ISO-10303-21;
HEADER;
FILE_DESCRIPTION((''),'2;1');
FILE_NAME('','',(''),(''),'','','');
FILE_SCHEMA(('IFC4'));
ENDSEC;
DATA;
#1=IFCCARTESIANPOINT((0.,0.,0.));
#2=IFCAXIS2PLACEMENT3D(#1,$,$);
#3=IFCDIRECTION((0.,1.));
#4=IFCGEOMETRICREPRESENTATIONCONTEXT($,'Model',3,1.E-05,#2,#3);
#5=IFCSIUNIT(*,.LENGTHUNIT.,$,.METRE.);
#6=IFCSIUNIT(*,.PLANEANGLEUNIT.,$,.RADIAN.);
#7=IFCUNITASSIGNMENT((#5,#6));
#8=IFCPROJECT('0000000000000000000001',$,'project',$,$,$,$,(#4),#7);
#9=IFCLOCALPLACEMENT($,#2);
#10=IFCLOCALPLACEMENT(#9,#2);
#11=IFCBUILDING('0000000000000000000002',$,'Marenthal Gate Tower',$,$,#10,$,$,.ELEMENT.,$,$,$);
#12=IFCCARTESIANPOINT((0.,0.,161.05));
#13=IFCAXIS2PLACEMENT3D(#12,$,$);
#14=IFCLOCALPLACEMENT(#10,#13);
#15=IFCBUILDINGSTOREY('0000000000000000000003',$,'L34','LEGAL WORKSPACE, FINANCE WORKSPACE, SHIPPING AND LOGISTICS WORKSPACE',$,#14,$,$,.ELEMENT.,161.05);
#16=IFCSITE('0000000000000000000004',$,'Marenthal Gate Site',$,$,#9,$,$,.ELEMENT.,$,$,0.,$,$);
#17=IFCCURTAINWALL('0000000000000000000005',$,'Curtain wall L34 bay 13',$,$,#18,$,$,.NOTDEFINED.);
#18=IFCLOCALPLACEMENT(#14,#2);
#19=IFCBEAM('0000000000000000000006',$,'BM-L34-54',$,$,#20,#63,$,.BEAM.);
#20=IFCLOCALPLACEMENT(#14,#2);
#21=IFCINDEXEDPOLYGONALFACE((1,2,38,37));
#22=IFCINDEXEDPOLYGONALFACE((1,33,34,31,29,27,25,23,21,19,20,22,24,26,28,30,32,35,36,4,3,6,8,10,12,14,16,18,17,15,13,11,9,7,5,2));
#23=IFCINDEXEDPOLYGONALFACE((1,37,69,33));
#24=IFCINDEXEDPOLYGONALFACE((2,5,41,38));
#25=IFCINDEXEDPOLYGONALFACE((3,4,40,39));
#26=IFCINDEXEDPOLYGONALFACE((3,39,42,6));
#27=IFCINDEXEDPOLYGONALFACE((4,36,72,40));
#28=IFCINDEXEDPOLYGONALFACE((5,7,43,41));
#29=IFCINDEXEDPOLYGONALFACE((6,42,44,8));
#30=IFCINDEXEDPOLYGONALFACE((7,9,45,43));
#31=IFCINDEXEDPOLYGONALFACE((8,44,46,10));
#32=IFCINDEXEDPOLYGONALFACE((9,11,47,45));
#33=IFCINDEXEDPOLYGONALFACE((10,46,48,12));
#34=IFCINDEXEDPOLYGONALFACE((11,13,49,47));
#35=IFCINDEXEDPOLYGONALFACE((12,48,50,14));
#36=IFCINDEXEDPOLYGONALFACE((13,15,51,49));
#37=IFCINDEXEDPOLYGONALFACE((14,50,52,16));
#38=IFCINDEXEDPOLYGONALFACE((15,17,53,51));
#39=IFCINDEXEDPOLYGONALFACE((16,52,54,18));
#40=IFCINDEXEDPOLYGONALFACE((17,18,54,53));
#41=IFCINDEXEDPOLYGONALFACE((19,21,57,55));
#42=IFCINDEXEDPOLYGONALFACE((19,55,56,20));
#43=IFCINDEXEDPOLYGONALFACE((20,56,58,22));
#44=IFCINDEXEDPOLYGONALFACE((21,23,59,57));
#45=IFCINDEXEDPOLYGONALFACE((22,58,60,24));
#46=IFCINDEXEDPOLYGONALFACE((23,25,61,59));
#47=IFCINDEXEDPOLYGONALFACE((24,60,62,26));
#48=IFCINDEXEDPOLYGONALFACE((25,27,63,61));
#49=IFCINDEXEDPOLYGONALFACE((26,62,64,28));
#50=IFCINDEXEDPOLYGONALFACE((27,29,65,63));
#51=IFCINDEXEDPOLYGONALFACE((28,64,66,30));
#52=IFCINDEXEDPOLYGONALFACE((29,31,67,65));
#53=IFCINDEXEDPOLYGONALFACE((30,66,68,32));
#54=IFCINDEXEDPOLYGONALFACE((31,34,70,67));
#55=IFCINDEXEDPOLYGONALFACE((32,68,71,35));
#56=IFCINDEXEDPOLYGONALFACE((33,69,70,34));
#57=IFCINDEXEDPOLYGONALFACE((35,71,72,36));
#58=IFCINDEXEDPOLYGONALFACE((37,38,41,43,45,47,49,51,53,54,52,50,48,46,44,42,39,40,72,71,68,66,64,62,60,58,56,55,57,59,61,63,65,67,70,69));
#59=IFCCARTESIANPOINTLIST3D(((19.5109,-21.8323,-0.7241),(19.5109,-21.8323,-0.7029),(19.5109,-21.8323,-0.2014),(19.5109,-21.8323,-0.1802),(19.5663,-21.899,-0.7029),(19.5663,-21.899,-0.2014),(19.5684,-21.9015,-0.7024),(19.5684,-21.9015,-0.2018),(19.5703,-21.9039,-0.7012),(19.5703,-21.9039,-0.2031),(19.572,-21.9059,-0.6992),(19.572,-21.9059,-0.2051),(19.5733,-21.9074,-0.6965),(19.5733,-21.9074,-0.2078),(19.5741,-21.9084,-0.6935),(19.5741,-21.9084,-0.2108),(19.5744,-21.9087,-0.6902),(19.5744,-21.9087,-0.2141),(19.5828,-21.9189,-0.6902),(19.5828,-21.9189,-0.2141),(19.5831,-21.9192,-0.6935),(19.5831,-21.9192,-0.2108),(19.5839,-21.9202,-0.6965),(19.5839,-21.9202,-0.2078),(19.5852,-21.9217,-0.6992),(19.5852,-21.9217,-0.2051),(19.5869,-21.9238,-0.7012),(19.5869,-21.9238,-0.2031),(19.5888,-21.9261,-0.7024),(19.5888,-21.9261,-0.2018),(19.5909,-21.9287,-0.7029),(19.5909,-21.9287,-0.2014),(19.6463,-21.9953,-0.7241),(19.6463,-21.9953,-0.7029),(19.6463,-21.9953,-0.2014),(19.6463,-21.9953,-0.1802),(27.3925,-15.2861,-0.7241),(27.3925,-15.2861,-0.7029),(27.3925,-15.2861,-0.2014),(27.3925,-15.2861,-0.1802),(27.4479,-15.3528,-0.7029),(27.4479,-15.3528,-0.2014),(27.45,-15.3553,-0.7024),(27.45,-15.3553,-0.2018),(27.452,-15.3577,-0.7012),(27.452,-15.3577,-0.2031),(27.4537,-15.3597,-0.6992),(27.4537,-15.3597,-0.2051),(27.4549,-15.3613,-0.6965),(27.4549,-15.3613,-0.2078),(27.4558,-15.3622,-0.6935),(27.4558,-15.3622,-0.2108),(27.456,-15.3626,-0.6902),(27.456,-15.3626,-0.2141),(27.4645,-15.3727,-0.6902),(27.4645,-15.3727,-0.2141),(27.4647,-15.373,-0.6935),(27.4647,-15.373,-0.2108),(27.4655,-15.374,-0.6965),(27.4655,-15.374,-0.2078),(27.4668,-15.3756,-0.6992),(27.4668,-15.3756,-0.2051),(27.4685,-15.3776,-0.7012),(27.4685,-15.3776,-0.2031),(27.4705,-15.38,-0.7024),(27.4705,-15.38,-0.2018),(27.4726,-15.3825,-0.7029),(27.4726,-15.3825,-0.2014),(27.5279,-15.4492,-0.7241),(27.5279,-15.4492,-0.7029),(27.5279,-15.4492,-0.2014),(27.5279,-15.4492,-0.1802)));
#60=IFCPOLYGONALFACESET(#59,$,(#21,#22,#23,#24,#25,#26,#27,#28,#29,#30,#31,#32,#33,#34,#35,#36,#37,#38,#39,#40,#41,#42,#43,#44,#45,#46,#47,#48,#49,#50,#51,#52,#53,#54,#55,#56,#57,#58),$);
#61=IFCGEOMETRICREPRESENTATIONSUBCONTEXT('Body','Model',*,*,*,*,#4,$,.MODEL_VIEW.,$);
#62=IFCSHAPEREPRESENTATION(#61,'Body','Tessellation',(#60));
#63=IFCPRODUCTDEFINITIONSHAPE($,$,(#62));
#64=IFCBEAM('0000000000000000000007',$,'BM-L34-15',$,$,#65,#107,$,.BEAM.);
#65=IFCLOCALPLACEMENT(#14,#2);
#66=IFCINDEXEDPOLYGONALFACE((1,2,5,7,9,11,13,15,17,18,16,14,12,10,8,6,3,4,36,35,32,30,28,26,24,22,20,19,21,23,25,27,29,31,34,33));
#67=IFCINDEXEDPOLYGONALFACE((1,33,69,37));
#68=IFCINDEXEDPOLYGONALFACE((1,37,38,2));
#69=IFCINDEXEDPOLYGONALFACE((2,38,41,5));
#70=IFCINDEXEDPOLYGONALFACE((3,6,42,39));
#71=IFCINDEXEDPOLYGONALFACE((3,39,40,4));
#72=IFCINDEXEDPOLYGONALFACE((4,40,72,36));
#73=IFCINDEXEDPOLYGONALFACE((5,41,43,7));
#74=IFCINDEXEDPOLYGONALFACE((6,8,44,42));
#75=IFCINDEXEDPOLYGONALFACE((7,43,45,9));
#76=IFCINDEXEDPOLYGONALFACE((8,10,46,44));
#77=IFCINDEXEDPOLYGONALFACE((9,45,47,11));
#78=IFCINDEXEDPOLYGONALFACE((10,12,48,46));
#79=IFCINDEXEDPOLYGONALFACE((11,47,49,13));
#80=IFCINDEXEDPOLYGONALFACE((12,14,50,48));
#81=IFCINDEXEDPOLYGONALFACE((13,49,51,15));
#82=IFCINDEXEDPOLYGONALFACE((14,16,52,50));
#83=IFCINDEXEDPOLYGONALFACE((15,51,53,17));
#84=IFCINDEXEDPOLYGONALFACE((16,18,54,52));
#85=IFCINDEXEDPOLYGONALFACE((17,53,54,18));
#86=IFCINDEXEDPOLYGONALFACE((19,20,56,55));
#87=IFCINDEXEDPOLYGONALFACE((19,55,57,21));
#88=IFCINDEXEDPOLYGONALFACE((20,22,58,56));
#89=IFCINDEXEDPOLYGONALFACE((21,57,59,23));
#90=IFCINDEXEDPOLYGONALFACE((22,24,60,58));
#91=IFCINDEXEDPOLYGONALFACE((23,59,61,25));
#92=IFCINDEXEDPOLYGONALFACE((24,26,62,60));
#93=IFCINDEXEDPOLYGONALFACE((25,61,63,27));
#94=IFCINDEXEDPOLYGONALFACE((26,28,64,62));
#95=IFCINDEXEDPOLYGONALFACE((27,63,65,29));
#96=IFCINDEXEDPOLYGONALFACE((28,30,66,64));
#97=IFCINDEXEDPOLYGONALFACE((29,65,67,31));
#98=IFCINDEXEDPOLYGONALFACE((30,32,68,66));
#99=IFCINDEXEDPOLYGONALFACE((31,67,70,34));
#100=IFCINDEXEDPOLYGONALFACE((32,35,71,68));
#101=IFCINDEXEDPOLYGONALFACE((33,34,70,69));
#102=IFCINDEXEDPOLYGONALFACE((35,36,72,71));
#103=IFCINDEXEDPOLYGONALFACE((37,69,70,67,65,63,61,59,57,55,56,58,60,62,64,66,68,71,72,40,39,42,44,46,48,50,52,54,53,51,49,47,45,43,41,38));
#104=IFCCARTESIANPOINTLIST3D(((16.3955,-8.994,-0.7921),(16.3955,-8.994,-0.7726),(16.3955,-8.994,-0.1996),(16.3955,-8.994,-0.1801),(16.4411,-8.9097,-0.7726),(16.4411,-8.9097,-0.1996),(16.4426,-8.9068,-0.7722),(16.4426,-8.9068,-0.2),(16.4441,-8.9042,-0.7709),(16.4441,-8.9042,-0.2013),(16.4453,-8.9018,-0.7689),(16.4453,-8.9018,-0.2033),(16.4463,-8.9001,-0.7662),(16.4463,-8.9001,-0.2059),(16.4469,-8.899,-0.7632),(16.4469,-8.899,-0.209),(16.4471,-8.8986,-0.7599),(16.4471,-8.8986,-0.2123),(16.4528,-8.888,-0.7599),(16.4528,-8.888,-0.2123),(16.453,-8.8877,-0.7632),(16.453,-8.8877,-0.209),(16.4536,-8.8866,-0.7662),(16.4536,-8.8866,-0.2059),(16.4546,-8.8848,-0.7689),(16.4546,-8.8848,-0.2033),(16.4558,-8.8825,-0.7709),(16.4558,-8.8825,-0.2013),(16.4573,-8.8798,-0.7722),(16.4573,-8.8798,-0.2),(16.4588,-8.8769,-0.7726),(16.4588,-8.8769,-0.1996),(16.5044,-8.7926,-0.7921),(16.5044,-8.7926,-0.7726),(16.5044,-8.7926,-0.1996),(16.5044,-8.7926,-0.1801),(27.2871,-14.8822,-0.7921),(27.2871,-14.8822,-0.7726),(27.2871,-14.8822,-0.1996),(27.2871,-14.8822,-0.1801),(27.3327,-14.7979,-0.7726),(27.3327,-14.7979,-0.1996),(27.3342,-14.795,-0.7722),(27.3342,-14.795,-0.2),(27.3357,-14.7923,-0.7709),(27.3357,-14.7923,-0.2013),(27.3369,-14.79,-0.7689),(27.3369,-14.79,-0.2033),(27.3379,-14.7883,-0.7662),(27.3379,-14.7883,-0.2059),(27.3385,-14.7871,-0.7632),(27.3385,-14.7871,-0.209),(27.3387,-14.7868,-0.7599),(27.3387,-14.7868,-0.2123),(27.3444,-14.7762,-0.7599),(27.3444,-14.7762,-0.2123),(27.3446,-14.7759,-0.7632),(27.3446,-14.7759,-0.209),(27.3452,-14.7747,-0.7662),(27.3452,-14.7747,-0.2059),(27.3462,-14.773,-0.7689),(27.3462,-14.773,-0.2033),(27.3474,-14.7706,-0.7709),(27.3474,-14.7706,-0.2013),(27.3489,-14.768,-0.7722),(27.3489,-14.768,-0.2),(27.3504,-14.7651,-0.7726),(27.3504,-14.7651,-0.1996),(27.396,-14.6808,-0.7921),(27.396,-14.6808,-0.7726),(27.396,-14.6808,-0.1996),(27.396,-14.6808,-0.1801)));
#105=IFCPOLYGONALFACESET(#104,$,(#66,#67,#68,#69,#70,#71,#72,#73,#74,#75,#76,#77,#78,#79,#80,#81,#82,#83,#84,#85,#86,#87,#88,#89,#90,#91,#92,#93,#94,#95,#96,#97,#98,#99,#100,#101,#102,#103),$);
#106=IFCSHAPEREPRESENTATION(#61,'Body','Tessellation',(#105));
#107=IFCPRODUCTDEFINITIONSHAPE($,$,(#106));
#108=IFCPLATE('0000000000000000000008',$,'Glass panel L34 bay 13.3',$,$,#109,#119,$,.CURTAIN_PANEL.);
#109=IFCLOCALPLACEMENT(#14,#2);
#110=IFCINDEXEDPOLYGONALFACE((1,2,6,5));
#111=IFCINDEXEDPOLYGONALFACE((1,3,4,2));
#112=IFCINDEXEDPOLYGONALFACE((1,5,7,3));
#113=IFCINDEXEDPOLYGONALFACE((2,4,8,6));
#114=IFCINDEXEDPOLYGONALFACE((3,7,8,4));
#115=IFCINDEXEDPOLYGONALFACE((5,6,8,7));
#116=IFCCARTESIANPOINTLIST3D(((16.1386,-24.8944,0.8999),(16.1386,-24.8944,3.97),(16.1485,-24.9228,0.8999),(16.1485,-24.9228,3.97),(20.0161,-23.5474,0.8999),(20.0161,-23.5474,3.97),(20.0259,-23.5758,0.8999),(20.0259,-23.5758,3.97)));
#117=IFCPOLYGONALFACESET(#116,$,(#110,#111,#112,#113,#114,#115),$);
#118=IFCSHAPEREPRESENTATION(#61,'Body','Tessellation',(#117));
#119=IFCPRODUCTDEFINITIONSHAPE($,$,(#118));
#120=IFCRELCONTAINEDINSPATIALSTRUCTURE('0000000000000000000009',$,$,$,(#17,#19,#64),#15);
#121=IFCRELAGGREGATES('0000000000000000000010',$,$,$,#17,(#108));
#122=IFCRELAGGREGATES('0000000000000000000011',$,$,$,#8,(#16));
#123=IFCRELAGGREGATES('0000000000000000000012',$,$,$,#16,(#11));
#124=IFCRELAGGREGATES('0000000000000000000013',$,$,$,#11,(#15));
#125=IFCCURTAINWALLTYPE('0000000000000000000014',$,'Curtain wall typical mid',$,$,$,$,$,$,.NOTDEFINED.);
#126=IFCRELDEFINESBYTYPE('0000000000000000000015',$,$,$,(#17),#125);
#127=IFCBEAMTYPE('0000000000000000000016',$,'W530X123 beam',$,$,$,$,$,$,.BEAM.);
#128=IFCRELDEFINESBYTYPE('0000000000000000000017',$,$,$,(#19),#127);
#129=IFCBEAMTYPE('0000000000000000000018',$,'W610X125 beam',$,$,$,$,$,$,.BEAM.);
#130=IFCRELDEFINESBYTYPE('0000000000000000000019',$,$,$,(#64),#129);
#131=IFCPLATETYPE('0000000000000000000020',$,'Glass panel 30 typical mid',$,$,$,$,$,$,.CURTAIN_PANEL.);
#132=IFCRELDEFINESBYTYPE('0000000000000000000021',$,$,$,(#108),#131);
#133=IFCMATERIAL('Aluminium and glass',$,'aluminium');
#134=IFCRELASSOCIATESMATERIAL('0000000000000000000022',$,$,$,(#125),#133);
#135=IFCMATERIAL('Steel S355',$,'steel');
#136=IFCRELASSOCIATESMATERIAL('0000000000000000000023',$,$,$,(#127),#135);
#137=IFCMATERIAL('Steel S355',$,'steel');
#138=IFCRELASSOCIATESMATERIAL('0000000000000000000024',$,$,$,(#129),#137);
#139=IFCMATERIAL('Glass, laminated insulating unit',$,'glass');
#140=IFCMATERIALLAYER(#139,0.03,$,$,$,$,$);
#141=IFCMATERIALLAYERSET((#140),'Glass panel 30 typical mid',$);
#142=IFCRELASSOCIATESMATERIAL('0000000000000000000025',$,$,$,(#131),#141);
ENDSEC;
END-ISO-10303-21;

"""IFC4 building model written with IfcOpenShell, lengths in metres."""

from ifc_helpers import new_model, si_unit, direction, frame, origin, origin_2d, place, context, subcontext, project, spatial, rectangle, i_section, extrude, material, layer, layer_set, material_profile, profile_set, type_object, element, aggregate, save


model = new_model("IFC4")

# Units and contexts
model_context = context("Model", 3, precision=1e-05, world=origin(), true_north=direction((0.0, 1.0)))
body_context = subcontext(model_context, "Body", "Model", "MODEL_VIEW")
ifc_project = project(units=[si_unit("LENGTHUNIT", "METRE"), si_unit("PLANEANGLEUNIT", "RADIAN")], contexts=[model_context])

# Site, building, storey
site_placement = place(None, origin())
site = spatial("IfcSite", under=ifc_project, at=site_placement, Name="Marenthal Gate Site", CompositionType="ELEMENT", RefElevation=0.0)
building_placement = place(site_placement, origin())
building = spatial("IfcBuilding", under=site, at=building_placement, Name="Marenthal Gate Tower", CompositionType="ELEMENT")
storey_placement = place(building_placement, frame((0.0, 0.0, 161.05)))
storey = spatial("IfcBuildingStorey", under=building, at=storey_placement, Name="L34", Description="LEGAL WORKSPACE, FINANCE WORKSPACE, SHIPPING AND LOGISTICS WORKSPACE", CompositionType="ELEMENT", Elevation=161.05)

# Curtain wall
ifc_material_1 = material(Name="Aluminium and glass", Category="aluminium")
curtain_wall_type = type_object("IfcCurtainWallType", Name="Curtain wall typical mid", PredefinedType="NOTDEFINED", material=ifc_material_1)
curtain_wall_1_placement = place(storey_placement, origin())
curtain_wall_1 = element("IfcCurtainWall", 1, at=curtain_wall_1_placement, inside=storey, type_object=curtain_wall_type, Name="Curtain wall L34 bay 13", PredefinedType="NOTDEFINED")

# Beams
ifc_material_2 = material(Name="Steel S355", Category="steel")
ifc_material_profile_1 = material_profile(ifc_material_2, i_section(OverallWidth=0.2119, OverallDepth=0.5439, WebThickness=0.0132, FlangeThickness=0.0212, FilletRadius=0.0127, at=origin_2d()), Name="W530X123")
ifc_profile_set_1 = profile_set([ifc_material_profile_1], Name="Steel S355")
beam_type_1 = type_object("IfcBeamType", Name="W530X123 beam", PredefinedType="BEAM", material=ifc_profile_set_1)
beam_1_placement = place(storey_placement, frame((19.5786, -21.9138, -0.4521), z_axis=(0.769269, 0.638925, 0.0), x_axis=(-0.638925, 0.769269, 0.0)))
element("IfcBeam", 2, at=beam_1_placement, inside=storey, type_object=beam_type_1, Name="BM-L34-54", PredefinedType="BEAM", context=body_context, shape_type="SweptSolid", body=[
    extrude(i_section(OverallWidth=0.2119, OverallDepth=0.5439, WebThickness=0.0132, FlangeThickness=0.0212, FilletRadius=0.0127, at=origin_2d()), origin(), (0.0, 0.0, 1.0), 10.2456),
])
ifc_material_3 = material(Name="Steel S355", Category="steel")
ifc_material_profile_2 = material_profile(ifc_material_3, i_section(OverallWidth=0.229, OverallDepth=0.6121, WebThickness=0.012, FlangeThickness=0.0195, FilletRadius=0.0127, at=origin_2d()), Name="W610X125")
ifc_profile_set_2 = profile_set([ifc_material_profile_2], Name="Steel S355")
beam_type_2 = type_object("IfcBeamType", Name="W610X125 beam", PredefinedType="BEAM", material=ifc_profile_set_2)
beam_2_placement = place(storey_placement, frame((27.3416, -14.7815, -0.4861), z_axis=(-0.879678, 0.475569, 0.0), x_axis=(-0.475569, -0.879678, 0.0)))
element("IfcBeam", 3, at=beam_2_placement, inside=storey, type_object=beam_type_2, Name="BM-L34-15", PredefinedType="BEAM", context=body_context, shape_type="SweptSolid", body=[
    extrude(i_section(OverallWidth=0.229, OverallDepth=0.6121, WebThickness=0.012, FlangeThickness=0.0195, FilletRadius=0.0127, at=origin_2d()), origin(), (0.0, 0.0, 1.0), 12.3813),
])

# Plate
ifc_material_4 = material(Name="Glass, laminated insulating unit", Category="glass")
ifc_layer_1 = layer(ifc_material_4, 0.03)
ifc_layer_set_1 = layer_set([ifc_layer_1], Name="Glass panel 30 typical mid")
plate_type = type_object("IfcPlateType", Name="Glass panel 30 typical mid", PredefinedType="CURTAIN_PANEL", material=ifc_layer_set_1)
plate_placement = place(storey_placement, frame((18.0823, -24.2351, 0.8999), z_axis=(0.0, 0.0, 1.0), x_axis=(0.944623, 0.328158, 0.0)))
plate = element("IfcPlate", 4, at=plate_placement, type_object=plate_type, Name="Glass panel L34 bay 13.3", PredefinedType="CURTAIN_PANEL", context=body_context, shape_type="SweptSolid", body=[
    extrude(rectangle(XDim=4.1047, YDim=0.03, at=origin_2d()), origin(), (0.0, 0.0, 1.0), 3.0701),
])
aggregate(curtain_wall_1, [plate])

save(model, "model.ifc")
